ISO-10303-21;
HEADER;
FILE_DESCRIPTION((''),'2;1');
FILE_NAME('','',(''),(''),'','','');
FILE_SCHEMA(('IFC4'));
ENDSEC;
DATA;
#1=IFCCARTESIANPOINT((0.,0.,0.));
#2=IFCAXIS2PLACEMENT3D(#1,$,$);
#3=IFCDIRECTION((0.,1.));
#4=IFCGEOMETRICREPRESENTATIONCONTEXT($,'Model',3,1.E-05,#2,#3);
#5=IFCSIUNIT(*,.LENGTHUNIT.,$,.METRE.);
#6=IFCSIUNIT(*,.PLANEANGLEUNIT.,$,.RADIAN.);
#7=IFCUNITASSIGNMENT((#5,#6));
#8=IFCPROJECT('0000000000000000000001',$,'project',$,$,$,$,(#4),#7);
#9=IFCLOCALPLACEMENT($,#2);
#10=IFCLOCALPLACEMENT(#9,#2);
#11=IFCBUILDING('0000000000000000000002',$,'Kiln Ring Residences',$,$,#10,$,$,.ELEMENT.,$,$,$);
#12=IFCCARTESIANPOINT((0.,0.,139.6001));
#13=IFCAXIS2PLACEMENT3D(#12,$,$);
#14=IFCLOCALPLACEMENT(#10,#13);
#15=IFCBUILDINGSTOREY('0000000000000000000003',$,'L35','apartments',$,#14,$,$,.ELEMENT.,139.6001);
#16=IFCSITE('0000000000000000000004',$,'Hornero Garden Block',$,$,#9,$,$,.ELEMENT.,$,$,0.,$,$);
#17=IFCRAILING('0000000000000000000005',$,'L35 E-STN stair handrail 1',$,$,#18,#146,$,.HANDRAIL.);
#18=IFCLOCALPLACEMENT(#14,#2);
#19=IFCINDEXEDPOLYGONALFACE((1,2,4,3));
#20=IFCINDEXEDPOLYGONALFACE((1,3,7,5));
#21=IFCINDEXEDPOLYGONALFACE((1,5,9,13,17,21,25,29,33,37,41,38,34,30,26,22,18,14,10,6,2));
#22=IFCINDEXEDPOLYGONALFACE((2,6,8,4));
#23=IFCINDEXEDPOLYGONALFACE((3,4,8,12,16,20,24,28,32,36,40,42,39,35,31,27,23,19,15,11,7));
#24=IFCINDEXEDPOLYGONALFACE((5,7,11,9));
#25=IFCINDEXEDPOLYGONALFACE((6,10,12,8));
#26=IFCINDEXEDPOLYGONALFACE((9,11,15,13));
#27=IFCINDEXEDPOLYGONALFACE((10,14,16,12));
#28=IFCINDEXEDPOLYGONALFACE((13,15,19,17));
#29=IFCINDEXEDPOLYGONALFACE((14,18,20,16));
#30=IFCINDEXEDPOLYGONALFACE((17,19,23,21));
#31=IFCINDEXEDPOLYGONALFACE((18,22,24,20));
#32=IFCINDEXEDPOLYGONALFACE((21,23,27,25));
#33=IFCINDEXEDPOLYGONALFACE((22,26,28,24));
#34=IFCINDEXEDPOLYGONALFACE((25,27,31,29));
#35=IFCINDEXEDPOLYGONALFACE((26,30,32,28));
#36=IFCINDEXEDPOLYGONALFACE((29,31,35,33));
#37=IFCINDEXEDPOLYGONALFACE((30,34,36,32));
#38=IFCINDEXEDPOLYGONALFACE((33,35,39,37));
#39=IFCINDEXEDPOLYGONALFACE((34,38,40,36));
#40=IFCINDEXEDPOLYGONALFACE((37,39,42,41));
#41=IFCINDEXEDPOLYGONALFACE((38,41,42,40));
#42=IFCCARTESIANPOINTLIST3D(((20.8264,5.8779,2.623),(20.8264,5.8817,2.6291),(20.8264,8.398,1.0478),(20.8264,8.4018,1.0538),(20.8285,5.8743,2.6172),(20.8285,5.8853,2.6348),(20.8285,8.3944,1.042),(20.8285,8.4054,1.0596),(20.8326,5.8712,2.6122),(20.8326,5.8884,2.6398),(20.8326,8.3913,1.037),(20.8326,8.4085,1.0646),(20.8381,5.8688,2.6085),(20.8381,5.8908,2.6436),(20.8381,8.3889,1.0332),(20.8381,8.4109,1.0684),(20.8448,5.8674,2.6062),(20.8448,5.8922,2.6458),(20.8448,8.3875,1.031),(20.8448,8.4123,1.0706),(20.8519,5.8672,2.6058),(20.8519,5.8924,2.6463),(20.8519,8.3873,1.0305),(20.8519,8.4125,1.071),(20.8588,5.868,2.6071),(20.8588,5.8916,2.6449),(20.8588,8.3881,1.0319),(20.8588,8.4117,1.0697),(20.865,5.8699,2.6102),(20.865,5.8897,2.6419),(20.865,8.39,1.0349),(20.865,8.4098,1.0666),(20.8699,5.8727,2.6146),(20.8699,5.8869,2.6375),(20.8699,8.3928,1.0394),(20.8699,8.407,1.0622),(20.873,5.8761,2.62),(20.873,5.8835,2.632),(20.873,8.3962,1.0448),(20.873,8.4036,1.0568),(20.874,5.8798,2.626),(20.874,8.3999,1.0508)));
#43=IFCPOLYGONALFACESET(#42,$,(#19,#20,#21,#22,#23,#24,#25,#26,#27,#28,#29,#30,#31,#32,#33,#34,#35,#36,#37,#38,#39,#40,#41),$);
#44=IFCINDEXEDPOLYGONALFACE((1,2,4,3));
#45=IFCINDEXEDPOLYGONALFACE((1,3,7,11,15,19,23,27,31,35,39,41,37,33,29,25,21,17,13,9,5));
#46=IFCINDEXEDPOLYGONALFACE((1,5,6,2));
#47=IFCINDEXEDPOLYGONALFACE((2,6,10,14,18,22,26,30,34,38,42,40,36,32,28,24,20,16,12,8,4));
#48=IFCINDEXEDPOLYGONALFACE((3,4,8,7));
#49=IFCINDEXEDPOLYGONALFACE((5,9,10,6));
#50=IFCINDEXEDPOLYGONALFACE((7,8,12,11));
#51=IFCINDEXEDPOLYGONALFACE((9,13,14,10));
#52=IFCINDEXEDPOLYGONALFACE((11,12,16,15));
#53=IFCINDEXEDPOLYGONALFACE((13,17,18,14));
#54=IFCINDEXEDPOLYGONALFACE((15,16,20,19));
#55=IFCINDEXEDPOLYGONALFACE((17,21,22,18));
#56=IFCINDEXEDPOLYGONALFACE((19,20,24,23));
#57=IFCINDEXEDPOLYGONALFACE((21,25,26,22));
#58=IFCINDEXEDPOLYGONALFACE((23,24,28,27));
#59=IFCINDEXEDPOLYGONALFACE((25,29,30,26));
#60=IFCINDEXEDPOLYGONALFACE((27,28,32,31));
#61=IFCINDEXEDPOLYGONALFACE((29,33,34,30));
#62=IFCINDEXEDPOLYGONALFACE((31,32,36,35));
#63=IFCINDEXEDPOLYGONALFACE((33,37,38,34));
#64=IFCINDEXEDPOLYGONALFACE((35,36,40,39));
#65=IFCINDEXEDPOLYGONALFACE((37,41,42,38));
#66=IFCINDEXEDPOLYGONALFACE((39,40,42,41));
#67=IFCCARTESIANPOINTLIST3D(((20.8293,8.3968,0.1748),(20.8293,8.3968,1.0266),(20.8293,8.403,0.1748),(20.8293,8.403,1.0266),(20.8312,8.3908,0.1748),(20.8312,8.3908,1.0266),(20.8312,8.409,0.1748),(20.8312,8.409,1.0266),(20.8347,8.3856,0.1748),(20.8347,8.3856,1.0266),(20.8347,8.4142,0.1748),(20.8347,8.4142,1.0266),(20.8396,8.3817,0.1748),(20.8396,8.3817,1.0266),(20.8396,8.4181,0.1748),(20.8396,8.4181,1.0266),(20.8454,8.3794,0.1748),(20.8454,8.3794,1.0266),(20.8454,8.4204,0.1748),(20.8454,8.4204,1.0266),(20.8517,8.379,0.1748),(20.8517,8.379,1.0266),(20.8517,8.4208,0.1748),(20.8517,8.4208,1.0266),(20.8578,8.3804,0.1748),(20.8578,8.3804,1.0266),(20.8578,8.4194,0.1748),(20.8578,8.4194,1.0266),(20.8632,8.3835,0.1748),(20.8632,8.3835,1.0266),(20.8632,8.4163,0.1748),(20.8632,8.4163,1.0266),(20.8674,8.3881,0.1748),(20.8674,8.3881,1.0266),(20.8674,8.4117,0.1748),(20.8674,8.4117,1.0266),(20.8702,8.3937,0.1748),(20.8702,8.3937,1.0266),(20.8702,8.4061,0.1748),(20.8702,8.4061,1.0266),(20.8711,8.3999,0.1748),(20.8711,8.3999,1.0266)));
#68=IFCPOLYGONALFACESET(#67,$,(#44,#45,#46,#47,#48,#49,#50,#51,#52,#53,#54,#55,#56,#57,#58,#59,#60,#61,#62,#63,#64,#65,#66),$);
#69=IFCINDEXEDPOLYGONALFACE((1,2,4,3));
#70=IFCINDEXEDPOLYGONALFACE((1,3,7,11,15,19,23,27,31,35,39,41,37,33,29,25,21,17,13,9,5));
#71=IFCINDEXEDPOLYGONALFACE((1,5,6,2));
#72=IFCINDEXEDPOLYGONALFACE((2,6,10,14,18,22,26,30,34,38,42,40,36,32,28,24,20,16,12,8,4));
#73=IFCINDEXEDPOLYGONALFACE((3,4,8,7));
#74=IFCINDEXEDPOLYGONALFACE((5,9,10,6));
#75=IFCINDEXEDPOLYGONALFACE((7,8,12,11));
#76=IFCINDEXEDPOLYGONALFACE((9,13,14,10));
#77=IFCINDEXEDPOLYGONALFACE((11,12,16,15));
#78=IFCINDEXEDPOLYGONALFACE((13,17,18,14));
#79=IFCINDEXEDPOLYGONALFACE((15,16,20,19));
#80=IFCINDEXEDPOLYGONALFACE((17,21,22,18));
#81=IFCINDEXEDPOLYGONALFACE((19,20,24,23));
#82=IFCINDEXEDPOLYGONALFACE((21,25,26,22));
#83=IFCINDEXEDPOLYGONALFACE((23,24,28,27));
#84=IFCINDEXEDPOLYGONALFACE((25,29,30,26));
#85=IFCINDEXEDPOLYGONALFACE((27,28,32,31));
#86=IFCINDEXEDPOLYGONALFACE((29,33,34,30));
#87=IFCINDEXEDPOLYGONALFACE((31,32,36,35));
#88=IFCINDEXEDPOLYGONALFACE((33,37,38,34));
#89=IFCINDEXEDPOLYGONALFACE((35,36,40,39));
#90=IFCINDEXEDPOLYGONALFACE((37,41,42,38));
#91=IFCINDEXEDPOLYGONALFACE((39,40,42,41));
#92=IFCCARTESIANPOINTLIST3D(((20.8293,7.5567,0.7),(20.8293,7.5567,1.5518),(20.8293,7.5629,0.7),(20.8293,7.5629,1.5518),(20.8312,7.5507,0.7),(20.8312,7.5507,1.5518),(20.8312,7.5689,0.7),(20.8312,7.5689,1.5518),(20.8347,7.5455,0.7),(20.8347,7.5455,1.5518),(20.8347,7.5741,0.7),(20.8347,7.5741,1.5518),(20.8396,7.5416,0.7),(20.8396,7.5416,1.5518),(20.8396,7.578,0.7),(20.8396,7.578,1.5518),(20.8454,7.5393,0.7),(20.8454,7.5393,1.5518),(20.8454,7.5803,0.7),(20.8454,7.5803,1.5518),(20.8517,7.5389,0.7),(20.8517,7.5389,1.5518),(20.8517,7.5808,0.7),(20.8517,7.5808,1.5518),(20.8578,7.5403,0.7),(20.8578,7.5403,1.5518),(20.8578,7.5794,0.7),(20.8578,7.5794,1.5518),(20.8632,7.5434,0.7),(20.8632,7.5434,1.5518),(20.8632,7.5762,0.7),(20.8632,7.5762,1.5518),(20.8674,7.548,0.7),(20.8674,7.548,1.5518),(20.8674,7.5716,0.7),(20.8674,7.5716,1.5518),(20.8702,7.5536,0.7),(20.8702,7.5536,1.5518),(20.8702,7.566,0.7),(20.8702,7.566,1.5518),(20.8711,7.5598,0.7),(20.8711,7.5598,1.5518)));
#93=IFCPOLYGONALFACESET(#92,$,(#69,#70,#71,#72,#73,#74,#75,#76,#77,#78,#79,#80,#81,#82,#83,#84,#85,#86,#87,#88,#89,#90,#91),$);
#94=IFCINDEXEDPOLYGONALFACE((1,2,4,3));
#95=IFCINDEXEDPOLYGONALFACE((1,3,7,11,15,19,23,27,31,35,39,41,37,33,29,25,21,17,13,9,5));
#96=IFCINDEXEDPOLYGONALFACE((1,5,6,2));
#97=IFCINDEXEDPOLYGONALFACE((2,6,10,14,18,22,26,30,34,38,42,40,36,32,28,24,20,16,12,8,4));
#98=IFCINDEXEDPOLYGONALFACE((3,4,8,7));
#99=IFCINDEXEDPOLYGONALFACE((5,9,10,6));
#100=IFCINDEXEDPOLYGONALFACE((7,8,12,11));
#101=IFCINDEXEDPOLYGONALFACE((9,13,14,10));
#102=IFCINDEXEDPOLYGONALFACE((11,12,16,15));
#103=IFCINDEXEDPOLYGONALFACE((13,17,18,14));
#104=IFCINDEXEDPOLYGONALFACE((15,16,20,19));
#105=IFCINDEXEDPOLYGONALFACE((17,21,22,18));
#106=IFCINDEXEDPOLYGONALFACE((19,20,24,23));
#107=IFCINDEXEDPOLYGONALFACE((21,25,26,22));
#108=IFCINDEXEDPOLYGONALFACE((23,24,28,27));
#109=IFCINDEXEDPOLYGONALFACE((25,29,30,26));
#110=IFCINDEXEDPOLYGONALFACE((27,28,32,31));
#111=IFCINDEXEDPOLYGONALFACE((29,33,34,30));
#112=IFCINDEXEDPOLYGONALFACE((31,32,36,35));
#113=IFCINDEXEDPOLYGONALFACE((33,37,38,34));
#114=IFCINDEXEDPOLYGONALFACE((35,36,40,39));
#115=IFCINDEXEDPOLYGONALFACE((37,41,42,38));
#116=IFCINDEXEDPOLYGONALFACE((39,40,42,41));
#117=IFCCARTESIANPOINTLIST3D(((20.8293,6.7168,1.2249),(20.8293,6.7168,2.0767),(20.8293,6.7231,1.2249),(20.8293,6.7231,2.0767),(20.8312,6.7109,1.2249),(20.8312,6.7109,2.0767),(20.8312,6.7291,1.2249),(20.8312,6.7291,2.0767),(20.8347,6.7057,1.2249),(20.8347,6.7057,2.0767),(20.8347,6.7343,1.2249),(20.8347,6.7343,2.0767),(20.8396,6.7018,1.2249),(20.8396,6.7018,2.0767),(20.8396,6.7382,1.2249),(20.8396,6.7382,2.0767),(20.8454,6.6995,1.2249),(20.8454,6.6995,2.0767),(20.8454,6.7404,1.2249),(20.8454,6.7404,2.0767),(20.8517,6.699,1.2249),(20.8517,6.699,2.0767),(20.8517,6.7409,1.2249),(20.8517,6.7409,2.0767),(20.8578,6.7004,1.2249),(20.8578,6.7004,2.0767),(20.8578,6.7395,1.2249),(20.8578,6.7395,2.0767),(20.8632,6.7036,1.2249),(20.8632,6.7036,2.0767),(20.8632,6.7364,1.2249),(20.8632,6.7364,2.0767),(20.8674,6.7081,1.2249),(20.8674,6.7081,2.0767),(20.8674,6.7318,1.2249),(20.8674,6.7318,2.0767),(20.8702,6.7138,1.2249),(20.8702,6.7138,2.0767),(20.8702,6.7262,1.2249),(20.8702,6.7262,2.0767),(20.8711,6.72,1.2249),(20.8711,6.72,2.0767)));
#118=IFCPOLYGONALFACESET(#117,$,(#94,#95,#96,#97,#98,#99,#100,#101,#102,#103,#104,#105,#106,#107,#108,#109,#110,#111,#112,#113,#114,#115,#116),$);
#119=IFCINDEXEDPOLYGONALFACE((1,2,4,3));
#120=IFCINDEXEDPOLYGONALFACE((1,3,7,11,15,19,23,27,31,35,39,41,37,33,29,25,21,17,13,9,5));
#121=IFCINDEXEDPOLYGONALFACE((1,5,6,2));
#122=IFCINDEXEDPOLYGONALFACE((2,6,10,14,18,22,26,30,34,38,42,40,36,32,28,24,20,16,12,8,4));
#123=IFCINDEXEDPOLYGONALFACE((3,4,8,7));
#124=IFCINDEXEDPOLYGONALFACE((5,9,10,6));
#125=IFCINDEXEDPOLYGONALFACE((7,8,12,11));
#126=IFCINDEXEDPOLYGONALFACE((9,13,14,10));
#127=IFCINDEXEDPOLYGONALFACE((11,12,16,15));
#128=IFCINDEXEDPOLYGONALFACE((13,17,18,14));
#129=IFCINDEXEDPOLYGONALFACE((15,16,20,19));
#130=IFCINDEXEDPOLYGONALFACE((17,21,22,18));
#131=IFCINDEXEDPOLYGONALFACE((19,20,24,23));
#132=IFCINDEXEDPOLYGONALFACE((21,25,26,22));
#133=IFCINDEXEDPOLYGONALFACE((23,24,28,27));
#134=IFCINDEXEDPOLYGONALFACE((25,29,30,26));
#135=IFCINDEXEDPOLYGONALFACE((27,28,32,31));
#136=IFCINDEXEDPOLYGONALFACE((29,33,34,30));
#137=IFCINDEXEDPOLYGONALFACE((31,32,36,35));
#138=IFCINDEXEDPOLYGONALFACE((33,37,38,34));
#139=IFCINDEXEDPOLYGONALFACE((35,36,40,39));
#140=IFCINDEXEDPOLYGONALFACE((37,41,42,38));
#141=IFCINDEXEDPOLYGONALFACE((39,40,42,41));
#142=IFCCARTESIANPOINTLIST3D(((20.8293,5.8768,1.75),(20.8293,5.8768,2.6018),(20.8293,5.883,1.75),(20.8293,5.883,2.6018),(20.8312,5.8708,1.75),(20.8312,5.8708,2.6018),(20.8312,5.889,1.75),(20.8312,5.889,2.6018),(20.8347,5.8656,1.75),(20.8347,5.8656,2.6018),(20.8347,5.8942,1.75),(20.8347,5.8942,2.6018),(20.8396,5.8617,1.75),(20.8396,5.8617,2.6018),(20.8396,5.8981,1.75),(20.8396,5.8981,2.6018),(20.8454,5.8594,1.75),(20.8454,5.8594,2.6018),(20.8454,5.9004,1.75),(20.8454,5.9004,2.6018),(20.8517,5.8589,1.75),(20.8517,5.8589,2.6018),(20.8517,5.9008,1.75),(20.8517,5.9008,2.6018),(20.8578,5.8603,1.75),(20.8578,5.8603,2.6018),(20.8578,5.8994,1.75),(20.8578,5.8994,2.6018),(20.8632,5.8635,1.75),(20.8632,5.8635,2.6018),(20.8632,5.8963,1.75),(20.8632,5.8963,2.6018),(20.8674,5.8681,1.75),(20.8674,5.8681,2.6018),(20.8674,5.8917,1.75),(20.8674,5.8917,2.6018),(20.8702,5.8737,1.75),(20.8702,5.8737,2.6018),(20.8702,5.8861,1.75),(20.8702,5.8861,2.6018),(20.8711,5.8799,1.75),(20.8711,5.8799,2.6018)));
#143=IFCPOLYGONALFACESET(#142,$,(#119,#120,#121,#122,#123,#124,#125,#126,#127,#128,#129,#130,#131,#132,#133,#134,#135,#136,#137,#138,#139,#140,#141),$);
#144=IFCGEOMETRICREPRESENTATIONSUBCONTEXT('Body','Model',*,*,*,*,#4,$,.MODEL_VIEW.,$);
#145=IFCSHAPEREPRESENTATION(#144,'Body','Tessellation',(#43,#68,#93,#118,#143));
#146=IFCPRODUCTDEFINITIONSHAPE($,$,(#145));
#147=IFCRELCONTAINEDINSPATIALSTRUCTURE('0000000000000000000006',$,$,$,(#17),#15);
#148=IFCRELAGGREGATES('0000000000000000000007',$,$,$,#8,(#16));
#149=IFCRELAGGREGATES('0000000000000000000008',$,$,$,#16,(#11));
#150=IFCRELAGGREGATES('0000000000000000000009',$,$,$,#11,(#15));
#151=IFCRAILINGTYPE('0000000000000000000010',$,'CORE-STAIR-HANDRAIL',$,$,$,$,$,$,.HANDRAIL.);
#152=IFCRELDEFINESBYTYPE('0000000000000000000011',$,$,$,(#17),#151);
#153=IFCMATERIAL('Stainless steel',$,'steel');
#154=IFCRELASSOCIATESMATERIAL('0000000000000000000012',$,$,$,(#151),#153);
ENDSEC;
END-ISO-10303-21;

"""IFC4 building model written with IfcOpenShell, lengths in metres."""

from ifc_helpers import new_model, si_unit, direction, frame, origin, origin_2d, place, context, subcontext, project, spatial, circle, extrude, material, type_object, element, save


model = new_model("IFC4")

# Units and contexts
model_context = context("Model", 3, precision=1e-05, world=origin(), true_north=direction((0.0, 1.0)))
body_context = subcontext(model_context, "Body", "Model", "MODEL_VIEW")
ifc_project = project(units=[si_unit("LENGTHUNIT", "METRE"), si_unit("PLANEANGLEUNIT", "RADIAN")], contexts=[model_context])

# Site, building, storey
site_placement = place(None, origin())
site = spatial("IfcSite", under=ifc_project, at=site_placement, Name="Hornero Garden Block", CompositionType="ELEMENT", RefElevation=0.0)
building_placement = place(site_placement, origin())
building = spatial("IfcBuilding", under=site, at=building_placement, Name="Kiln Ring Residences", CompositionType="ELEMENT")
storey_placement = place(building_placement, frame((0.0, 0.0, 139.6001)))
storey = spatial("IfcBuildingStorey", under=building, at=storey_placement, Name="L35", Description="apartments", CompositionType="ELEMENT", Elevation=139.6001)

# Railing
ifc_material_1 = material(Name="Stainless steel", Category="steel")
railing_type_1 = type_object("IfcRailingType", Name="CORE-STAIR-HANDRAIL", PredefinedType="HANDRAIL", material=ifc_material_1)
railing_1_placement = place(storey_placement, frame((20.8501, 8.3999, 0.1748)))
element("IfcRailing", 1, at=railing_1_placement, inside=storey, type_object=railing_type_1, Name="L35 E-STN stair handrail 1", PredefinedType="HANDRAIL", context=body_context, shape_type="SweptSolid", body=[
    extrude(circle(Radius=0.0239, at=origin_2d()), frame((0.0, 0.0, 0.876), z_axis=(0.0, -0.847971, 0.530043), x_axis=(1.0, 0.0, 0.0)), (0.0, 0.0, 1.0), 2.9719),
    extrude(circle(Radius=0.021, at=origin_2d()), origin(), (0.0, 0.0, 1.0), 0.8518),
    extrude(circle(Radius=0.021, at=origin_2d()), frame((0.0, -0.8401, 0.5251)), (0.0, 0.0, 1.0), 0.8518),
    extrude(circle(Radius=0.021, at=origin_2d()), frame((0.0, -1.6799, 1.05)), (0.0, 0.0, 1.0), 0.8518),
    extrude(circle(Radius=0.021, at=origin_2d()), frame((0.0, -2.52, 1.5752)), (0.0, 0.0, 1.0), 0.8518),
])

save(model, "model.ifc")
